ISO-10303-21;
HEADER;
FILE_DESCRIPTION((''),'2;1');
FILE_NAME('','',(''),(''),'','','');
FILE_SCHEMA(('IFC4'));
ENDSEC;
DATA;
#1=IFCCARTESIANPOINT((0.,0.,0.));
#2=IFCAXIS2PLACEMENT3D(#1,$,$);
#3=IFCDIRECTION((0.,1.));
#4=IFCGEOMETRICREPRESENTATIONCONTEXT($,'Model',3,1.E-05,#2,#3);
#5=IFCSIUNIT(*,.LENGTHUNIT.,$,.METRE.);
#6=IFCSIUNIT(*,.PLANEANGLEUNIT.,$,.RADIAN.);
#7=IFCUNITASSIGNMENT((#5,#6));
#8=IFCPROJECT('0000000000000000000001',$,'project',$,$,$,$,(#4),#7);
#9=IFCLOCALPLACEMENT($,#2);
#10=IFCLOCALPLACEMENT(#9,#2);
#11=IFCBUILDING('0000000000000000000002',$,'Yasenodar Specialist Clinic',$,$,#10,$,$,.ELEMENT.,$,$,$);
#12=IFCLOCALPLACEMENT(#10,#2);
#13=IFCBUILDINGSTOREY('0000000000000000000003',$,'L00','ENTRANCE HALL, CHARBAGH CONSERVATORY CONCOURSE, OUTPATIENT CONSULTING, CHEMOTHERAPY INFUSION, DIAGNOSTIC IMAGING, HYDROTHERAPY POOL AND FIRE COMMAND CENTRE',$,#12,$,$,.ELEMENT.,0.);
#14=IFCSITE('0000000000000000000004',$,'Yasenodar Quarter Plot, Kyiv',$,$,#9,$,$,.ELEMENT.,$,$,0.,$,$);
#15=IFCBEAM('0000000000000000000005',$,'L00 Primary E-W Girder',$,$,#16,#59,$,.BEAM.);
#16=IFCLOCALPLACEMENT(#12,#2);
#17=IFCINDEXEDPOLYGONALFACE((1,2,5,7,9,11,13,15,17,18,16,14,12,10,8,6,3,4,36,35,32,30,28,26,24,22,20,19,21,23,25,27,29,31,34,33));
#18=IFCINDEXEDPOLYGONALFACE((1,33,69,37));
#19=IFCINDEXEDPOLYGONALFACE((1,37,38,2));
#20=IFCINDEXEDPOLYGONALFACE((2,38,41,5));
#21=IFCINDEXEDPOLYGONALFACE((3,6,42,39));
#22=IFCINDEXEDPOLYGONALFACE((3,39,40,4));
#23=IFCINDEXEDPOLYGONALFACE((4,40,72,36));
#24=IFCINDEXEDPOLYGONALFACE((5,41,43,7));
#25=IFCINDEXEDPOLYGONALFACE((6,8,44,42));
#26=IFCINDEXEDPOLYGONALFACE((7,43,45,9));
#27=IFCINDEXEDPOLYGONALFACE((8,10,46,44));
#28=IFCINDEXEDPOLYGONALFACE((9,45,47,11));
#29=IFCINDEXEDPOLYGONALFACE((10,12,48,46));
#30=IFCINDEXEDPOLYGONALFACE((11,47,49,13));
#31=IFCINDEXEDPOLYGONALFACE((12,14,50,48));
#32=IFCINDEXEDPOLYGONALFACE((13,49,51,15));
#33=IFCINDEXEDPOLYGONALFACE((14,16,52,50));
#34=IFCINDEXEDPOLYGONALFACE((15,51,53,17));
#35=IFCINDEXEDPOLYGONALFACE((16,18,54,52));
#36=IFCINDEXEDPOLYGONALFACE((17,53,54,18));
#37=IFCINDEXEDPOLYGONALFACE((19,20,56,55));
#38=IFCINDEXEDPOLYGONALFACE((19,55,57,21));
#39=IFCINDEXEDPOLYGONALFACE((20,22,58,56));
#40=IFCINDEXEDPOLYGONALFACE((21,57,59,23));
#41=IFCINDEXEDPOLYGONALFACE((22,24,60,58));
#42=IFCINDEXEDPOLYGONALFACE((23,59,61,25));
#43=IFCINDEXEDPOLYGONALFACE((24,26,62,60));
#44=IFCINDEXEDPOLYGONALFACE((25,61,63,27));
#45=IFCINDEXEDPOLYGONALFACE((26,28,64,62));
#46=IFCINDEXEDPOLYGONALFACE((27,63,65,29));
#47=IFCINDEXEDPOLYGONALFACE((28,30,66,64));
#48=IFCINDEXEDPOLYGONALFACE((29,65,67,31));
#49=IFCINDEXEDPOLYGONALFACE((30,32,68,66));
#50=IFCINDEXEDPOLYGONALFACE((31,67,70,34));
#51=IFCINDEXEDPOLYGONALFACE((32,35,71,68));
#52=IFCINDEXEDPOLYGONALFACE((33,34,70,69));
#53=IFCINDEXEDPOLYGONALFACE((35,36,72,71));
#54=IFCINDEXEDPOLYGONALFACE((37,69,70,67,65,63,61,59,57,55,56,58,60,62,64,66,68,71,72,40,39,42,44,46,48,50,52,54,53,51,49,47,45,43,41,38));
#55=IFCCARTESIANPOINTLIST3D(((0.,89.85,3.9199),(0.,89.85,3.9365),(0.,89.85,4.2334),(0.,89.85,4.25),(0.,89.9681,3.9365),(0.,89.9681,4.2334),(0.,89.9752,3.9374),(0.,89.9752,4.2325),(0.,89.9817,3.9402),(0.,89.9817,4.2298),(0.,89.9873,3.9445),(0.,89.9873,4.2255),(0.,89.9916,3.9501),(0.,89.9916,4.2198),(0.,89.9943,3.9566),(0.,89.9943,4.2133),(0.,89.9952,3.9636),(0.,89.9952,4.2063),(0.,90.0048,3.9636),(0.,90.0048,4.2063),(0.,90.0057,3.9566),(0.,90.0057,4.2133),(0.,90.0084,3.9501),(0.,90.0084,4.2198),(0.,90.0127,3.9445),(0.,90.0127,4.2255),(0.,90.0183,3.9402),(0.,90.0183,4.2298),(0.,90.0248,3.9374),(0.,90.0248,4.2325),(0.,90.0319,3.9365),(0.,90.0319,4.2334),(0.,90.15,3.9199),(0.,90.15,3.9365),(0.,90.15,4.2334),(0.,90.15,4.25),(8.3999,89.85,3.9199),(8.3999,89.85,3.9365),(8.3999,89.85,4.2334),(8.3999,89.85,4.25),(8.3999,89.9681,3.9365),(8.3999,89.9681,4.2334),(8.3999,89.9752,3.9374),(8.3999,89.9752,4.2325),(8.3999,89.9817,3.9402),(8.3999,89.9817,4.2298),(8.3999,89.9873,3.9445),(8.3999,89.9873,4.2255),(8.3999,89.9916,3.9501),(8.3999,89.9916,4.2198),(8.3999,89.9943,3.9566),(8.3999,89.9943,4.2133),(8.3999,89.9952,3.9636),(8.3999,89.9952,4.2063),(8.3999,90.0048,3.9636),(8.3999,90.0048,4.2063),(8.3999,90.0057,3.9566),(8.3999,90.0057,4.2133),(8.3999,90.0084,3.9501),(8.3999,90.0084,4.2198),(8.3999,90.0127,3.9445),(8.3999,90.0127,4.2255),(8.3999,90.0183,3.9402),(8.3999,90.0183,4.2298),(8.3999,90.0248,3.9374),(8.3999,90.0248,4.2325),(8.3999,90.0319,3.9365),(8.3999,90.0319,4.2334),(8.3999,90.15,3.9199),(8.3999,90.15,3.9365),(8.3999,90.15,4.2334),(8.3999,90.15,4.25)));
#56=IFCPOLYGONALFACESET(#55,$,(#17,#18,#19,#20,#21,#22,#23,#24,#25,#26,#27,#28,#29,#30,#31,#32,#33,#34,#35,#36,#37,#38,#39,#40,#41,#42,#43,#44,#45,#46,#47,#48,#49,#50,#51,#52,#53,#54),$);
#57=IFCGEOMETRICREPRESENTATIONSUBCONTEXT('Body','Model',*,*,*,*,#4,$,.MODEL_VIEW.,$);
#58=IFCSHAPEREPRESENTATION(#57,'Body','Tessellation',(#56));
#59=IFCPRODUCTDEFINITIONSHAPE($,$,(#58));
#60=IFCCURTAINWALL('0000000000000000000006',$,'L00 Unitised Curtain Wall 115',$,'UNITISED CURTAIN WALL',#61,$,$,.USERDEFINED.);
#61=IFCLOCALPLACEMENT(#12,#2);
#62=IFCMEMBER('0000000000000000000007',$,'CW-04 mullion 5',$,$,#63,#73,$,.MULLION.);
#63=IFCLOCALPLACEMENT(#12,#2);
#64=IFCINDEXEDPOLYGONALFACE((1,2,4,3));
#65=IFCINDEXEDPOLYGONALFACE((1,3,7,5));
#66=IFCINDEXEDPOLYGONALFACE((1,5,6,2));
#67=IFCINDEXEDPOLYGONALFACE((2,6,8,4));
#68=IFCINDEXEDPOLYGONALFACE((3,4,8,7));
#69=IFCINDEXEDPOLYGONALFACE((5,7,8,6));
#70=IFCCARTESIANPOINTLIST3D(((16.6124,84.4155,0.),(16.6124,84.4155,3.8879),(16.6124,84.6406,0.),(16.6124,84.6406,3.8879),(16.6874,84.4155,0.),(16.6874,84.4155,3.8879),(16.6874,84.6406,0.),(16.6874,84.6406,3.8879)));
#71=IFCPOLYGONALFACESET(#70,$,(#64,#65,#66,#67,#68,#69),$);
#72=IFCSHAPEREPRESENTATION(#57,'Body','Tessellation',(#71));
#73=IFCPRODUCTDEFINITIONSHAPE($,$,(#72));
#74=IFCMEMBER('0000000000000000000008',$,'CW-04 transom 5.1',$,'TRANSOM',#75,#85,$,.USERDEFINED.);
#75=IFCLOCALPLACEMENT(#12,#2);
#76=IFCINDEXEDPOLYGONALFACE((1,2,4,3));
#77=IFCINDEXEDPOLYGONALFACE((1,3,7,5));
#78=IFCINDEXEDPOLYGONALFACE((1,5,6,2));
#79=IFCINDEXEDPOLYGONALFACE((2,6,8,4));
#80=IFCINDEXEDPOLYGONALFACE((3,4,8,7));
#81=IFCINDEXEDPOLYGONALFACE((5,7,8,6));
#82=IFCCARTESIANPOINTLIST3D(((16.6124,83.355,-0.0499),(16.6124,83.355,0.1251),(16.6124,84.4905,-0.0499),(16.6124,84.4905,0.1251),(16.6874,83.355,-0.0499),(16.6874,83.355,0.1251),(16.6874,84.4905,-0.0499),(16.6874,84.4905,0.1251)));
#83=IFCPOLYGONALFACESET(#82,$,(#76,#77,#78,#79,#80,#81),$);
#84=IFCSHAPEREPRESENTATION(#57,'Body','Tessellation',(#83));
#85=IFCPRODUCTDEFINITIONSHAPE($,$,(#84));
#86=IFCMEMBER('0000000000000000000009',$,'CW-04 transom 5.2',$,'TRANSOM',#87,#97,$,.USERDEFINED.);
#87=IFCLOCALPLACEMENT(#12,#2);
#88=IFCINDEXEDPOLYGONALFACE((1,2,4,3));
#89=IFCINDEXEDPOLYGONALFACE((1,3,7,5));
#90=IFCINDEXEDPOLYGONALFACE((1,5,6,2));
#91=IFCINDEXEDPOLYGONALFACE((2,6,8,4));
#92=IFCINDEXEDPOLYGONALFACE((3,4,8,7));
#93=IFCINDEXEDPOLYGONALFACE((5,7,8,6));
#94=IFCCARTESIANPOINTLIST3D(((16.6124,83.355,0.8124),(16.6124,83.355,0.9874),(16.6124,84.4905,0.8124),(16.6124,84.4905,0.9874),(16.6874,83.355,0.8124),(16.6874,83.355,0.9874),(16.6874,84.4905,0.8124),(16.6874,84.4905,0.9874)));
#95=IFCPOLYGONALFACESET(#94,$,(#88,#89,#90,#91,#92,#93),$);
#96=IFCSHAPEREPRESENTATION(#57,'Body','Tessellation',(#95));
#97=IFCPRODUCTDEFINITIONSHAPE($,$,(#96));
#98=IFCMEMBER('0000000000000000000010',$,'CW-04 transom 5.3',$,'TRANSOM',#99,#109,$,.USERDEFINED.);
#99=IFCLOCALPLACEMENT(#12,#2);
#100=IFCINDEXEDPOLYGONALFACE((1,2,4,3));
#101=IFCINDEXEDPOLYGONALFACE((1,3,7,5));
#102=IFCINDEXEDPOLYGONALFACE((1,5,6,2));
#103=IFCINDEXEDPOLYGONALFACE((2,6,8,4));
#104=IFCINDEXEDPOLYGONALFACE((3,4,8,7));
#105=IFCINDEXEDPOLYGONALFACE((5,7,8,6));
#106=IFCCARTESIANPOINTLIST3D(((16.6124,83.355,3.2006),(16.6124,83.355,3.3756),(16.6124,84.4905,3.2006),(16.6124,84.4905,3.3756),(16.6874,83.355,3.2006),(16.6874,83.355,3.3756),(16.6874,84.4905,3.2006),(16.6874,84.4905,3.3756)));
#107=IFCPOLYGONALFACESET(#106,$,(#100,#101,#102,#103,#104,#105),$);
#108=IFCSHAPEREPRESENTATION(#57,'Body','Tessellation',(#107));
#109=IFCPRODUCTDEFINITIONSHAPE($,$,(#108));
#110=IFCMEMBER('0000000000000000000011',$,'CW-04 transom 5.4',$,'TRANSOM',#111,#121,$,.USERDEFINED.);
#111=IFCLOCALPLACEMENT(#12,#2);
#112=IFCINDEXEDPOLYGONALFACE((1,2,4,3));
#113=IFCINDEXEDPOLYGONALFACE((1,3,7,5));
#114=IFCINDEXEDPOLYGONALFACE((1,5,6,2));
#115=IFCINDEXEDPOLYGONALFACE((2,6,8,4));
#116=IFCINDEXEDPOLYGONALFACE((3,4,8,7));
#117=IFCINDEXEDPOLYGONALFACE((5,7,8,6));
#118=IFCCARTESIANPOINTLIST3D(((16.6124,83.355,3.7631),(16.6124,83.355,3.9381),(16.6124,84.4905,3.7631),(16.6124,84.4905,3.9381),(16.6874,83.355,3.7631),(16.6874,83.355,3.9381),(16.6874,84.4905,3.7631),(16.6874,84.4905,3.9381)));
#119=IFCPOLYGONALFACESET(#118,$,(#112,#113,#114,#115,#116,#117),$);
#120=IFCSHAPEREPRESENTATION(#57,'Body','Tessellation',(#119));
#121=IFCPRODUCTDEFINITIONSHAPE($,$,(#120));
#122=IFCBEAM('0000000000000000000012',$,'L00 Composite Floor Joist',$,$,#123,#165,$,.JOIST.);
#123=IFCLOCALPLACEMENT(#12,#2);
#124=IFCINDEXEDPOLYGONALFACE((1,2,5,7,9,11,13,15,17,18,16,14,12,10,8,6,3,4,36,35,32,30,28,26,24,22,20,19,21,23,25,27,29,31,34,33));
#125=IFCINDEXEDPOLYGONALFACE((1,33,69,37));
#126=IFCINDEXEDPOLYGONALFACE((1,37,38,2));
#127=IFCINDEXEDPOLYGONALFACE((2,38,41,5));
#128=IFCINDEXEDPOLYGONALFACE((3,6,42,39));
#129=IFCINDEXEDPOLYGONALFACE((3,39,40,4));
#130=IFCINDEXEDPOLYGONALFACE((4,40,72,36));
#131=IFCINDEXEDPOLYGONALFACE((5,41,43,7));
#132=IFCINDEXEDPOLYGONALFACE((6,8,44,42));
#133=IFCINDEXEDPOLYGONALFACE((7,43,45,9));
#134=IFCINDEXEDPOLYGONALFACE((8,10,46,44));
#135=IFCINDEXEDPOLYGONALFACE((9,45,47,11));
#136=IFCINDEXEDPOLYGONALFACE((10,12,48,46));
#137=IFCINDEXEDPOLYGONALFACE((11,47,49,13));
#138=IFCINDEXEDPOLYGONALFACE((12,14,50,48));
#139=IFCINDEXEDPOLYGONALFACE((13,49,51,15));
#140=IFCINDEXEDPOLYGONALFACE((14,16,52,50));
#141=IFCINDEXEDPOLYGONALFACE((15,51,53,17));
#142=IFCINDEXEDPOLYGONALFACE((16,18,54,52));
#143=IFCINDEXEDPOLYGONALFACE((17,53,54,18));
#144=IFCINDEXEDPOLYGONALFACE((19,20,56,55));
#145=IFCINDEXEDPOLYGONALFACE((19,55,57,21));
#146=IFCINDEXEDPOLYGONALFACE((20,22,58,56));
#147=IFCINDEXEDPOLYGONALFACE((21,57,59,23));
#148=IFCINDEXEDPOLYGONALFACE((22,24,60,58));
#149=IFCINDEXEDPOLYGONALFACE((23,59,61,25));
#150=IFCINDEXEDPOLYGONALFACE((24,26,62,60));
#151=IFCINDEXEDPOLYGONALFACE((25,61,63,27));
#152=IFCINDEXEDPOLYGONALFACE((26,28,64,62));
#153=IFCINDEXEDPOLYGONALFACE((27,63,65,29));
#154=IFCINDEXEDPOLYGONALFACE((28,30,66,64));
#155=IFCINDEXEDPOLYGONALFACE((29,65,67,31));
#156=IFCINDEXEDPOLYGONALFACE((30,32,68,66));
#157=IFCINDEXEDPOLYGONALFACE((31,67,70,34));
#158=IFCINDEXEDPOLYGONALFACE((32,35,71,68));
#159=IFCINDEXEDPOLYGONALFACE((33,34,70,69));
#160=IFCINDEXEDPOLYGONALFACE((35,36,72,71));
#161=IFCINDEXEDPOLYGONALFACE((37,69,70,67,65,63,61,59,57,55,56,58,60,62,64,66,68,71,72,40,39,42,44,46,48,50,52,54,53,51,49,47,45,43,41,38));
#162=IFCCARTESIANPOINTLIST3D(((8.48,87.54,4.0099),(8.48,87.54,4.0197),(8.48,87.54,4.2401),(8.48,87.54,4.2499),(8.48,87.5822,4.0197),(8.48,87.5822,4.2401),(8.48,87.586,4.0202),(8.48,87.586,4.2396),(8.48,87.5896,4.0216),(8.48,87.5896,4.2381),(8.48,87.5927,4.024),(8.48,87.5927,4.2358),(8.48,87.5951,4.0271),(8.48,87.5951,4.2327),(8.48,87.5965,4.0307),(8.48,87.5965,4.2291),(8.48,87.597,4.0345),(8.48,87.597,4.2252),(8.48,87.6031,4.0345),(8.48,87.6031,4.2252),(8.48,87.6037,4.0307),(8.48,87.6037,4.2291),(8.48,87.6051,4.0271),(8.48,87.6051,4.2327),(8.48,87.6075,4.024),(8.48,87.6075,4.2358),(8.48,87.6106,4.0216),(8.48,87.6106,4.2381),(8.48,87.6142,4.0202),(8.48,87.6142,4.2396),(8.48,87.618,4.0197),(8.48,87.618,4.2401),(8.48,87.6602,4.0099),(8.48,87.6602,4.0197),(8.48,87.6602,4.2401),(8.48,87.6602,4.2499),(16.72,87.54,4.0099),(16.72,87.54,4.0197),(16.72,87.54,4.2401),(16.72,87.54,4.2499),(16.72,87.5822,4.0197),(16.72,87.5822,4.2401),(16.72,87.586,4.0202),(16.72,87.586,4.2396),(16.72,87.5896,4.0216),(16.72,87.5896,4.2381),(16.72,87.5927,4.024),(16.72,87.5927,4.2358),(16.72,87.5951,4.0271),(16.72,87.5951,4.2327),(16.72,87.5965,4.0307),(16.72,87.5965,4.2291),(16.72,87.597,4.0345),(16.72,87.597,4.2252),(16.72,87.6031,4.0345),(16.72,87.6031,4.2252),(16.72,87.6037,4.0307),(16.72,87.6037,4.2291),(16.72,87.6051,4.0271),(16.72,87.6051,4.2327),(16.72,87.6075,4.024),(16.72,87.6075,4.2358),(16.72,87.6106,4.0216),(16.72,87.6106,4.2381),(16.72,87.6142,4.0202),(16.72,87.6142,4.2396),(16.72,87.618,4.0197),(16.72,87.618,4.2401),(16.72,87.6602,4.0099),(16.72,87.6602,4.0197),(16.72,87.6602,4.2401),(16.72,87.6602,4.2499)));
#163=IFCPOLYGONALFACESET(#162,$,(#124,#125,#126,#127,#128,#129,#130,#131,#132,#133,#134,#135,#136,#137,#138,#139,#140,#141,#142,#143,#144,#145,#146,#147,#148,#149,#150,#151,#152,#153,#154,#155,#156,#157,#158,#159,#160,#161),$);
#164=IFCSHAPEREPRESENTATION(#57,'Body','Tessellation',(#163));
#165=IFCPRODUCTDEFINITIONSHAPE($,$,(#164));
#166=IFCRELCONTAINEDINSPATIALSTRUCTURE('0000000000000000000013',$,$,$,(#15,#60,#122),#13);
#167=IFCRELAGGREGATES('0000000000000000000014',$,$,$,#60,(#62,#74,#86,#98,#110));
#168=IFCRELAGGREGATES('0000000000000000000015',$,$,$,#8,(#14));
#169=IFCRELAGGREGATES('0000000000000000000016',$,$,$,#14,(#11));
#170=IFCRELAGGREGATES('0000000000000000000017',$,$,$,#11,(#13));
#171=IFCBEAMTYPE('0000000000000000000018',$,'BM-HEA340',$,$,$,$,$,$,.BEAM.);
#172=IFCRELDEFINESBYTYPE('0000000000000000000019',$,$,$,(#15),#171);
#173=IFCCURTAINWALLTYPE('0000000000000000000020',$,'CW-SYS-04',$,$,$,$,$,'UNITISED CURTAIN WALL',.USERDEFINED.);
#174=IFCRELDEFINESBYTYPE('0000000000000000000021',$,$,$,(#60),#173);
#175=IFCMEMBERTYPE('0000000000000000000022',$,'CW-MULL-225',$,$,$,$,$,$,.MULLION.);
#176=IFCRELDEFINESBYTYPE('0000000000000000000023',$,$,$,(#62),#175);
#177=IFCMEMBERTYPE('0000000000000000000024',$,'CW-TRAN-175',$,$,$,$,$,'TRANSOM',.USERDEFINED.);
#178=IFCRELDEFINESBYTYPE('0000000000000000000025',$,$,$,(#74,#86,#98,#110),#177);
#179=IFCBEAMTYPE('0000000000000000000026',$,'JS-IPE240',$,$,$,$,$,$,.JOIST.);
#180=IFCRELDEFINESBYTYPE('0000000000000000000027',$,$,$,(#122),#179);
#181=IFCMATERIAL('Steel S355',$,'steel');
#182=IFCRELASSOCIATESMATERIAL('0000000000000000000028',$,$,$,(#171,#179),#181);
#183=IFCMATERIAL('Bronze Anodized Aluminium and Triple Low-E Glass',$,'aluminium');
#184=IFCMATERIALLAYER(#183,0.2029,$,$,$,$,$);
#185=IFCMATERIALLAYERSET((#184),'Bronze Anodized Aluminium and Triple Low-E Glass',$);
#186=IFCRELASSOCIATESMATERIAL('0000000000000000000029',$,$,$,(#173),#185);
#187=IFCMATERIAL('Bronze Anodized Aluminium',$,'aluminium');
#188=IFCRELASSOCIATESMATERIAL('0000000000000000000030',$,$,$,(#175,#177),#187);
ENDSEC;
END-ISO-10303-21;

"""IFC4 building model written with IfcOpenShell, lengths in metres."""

from ifc_helpers import new_model, si_unit, direction, frame, origin, origin_2d, place, context, subcontext, project, spatial, rectangle, i_section, extrude, material, layer, layer_set, material_profile, profile_set, type_object, element, aggregate, save


model = new_model("IFC4")

# Units and contexts
model_context = context("Model", 3, precision=1e-05, world=origin(), true_north=direction((0.0, 1.0)))
body_context = subcontext(model_context, "Body", "Model", "MODEL_VIEW")
ifc_project = project(units=[si_unit("LENGTHUNIT", "METRE"), si_unit("PLANEANGLEUNIT", "RADIAN")], contexts=[model_context])

# Site, building, storey
site_placement = place(None, origin())
site = spatial("IfcSite", under=ifc_project, at=site_placement, Name="Yasenodar Quarter Plot, Kyiv", CompositionType="ELEMENT", RefElevation=0.0)
building_placement = place(site_placement, origin())
building = spatial("IfcBuilding", under=site, at=building_placement, Name="Yasenodar Specialist Clinic", CompositionType="ELEMENT")
storey_placement = place(building_placement, origin())
storey = spatial("IfcBuildingStorey", under=building, at=storey_placement, Name="L00", Description="ENTRANCE HALL, CHARBAGH CONSERVATORY CONCOURSE, OUTPATIENT CONSULTING, CHEMOTHERAPY INFUSION, DIAGNOSTIC IMAGING, HYDROTHERAPY POOL AND FIRE COMMAND CENTRE", CompositionType="ELEMENT", Elevation=0.0)

# Shared definitions
ifc_material_1 = material(Name="Steel S355", Category="steel")

# Beam
ifc_material_profile_1 = material_profile(ifc_material_1, i_section(OverallWidth=0.3, OverallDepth=0.3301, WebThickness=0.0095, FlangeThickness=0.0166, FilletRadius=0.0271, at=origin_2d()), Name="HEA 340")
ifc_profile_set_1 = profile_set([ifc_material_profile_1], Name="Steel S355")
beam_type_1 = type_object("IfcBeamType", Name="BM-HEA340", PredefinedType="BEAM", material=ifc_profile_set_1)
beam_1_placement = place(storey_placement, frame((0.0, 90.0, 4.085), z_axis=(1.0, 0.0, 0.0), x_axis=(0.0, 1.0, 0.0)))
element("IfcBeam", 1, at=beam_1_placement, inside=storey, type_object=beam_type_1, Name="L00 Primary E-W Girder", PredefinedType="BEAM", context=body_context, shape_type="SweptSolid", body=[
    extrude(i_section(OverallWidth=0.3, OverallDepth=0.3301, WebThickness=0.0095, FlangeThickness=0.0166, FilletRadius=0.0271, at=origin_2d()), origin(), (0.0, 0.0, 1.0), 8.3999),
])

# Curtain wall, members
ifc_material_2 = material(Name="Bronze Anodized Aluminium and Triple Low-E Glass", Category="aluminium")
ifc_layer_1 = layer(ifc_material_2, 0.2029)
ifc_layer_set_1 = layer_set([ifc_layer_1], Name="Bronze Anodized Aluminium and Triple Low-E Glass")
curtain_wall_type = type_object("IfcCurtainWallType", Name="CW-SYS-04", ElementType="UNITISED CURTAIN WALL", PredefinedType="USERDEFINED", material=ifc_layer_set_1)
curtain_wall_placement = place(storey_placement, origin())
curtain_wall = element("IfcCurtainWall", 2, at=curtain_wall_placement, inside=storey, type_object=curtain_wall_type, Name="L00 Unitised Curtain Wall 115", ObjectType="UNITISED CURTAIN WALL", PredefinedType="USERDEFINED")
ifc_material_3 = material(Name="Bronze Anodized Aluminium", Category="aluminium")
ifc_material_profile_2 = material_profile(ifc_material_3, rectangle(XDim=0.075, YDim=0.2251, at=origin_2d()), Name="CW-MULL 75x225")
ifc_profile_set_2 = profile_set([ifc_material_profile_2], Name="Bronze Anodized Aluminium")
member_type_1 = type_object("IfcMemberType", Name="CW-MULL-225", PredefinedType="MULLION", material=ifc_profile_set_2)
member_1_placement = place(storey_placement, frame((16.6499, 84.5281, 0.0), z_axis=(0.0, 0.0, 1.0), x_axis=(1.0, 0.0, 0.0)))
member_1 = element("IfcMember", 3, at=member_1_placement, type_object=member_type_1, Name="CW-04 mullion 5", PredefinedType="MULLION", context=body_context, shape_type="SweptSolid", body=[
    extrude(rectangle(XDim=0.075, YDim=0.2251, at=origin_2d()), origin(), (0.0, 0.0, 1.0), 3.8879),
])
ifc_material_profile_3 = material_profile(ifc_material_3, rectangle(XDim=0.075, YDim=0.175, at=origin_2d()), Name="CW-TRAN 75x175")
ifc_profile_set_3 = profile_set([ifc_material_profile_3], Name="Bronze Anodized Aluminium")
member_type_2 = type_object("IfcMemberType", Name="CW-TRAN-175", ElementType="TRANSOM", PredefinedType="USERDEFINED", material=ifc_profile_set_3)
member_2_placement = place(storey_placement, frame((16.6499, 84.4905, 0.0376), z_axis=(0.0, -1.0, 0.0), x_axis=(1.0, 0.0, 0.0)))
member_2 = element("IfcMember", 4, at=member_2_placement, type_object=member_type_2, Name="CW-04 transom 5.1", ObjectType="TRANSOM", PredefinedType="USERDEFINED", context=body_context, shape_type="SweptSolid", body=[
    extrude(rectangle(XDim=0.075, YDim=0.175, at=origin_2d()), origin(), (0.0, 0.0, 1.0), 1.1355),
])
member_3_placement = place(storey_placement, frame((16.6499, 84.4905, 0.8999), z_axis=(0.0, -1.0, 0.0), x_axis=(1.0, 0.0, 0.0)))
member_3 = element("IfcMember", 5, at=member_3_placement, type_object=member_type_2, Name="CW-04 transom 5.2", ObjectType="TRANSOM", PredefinedType="USERDEFINED", context=body_context, shape_type="SweptSolid", body=[
    extrude(rectangle(XDim=0.075, YDim=0.175, at=origin_2d()), origin(), (0.0, 0.0, 1.0), 1.1355),
])
member_4_placement = place(storey_placement, frame((16.6499, 84.4905, 3.2881), z_axis=(0.0, -1.0, 0.0), x_axis=(1.0, 0.0, 0.0)))
member_4 = element("IfcMember", 6, at=member_4_placement, type_object=member_type_2, Name="CW-04 transom 5.3", ObjectType="TRANSOM", PredefinedType="USERDEFINED", context=body_context, shape_type="SweptSolid", body=[
    extrude(rectangle(XDim=0.075, YDim=0.175, at=origin_2d()), origin(), (0.0, 0.0, 1.0), 1.1355),
])
member_5_placement = place(storey_placement, frame((16.6499, 84.4905, 3.8506), z_axis=(0.0, -1.0, 0.0), x_axis=(1.0, 0.0, 0.0)))
member_5 = element("IfcMember", 7, at=member_5_placement, type_object=member_type_2, Name="CW-04 transom 5.4", ObjectType="TRANSOM", PredefinedType="USERDEFINED", context=body_context, shape_type="SweptSolid", body=[
    extrude(rectangle(XDim=0.075, YDim=0.175, at=origin_2d()), origin(), (0.0, 0.0, 1.0), 1.1355),
])

# Beam
ifc_material_profile_4 = material_profile(ifc_material_1, i_section(OverallWidth=0.1201, OverallDepth=0.24, WebThickness=0.0061, FlangeThickness=0.0098, FilletRadius=0.0149, at=origin_2d()), Name="IPE 240")
ifc_profile_set_4 = profile_set([ifc_material_profile_4], Name="Steel S355")
beam_type_2 = type_object("IfcBeamType", Name="JS-IPE240", PredefinedType="JOIST", material=ifc_profile_set_4)
for number, where, z_axis, x_axis, name in (
    (8, (8.48, 87.6001, 4.1299), (1.0, 0.0, 0.0), (0.0, 1.0, 0.0), "L00 Composite Floor Joist"),
):
    element("IfcBeam", number, at=place(storey_placement, frame(where, z_axis=z_axis, x_axis=x_axis)), inside=storey, type_object=beam_type_2, Name=name, PredefinedType="JOIST", context=body_context, shape_type="SweptSolid", body=[
        extrude(i_section(OverallWidth=0.1201, OverallDepth=0.24, WebThickness=0.0061, FlangeThickness=0.0098, FilletRadius=0.0149, at=origin_2d()), origin(), (0.0, 0.0, 1.0), 8.24),
    ])

aggregate(curtain_wall, [member_1, member_2, member_3, member_4, member_5])

save(model, "model.ifc")
